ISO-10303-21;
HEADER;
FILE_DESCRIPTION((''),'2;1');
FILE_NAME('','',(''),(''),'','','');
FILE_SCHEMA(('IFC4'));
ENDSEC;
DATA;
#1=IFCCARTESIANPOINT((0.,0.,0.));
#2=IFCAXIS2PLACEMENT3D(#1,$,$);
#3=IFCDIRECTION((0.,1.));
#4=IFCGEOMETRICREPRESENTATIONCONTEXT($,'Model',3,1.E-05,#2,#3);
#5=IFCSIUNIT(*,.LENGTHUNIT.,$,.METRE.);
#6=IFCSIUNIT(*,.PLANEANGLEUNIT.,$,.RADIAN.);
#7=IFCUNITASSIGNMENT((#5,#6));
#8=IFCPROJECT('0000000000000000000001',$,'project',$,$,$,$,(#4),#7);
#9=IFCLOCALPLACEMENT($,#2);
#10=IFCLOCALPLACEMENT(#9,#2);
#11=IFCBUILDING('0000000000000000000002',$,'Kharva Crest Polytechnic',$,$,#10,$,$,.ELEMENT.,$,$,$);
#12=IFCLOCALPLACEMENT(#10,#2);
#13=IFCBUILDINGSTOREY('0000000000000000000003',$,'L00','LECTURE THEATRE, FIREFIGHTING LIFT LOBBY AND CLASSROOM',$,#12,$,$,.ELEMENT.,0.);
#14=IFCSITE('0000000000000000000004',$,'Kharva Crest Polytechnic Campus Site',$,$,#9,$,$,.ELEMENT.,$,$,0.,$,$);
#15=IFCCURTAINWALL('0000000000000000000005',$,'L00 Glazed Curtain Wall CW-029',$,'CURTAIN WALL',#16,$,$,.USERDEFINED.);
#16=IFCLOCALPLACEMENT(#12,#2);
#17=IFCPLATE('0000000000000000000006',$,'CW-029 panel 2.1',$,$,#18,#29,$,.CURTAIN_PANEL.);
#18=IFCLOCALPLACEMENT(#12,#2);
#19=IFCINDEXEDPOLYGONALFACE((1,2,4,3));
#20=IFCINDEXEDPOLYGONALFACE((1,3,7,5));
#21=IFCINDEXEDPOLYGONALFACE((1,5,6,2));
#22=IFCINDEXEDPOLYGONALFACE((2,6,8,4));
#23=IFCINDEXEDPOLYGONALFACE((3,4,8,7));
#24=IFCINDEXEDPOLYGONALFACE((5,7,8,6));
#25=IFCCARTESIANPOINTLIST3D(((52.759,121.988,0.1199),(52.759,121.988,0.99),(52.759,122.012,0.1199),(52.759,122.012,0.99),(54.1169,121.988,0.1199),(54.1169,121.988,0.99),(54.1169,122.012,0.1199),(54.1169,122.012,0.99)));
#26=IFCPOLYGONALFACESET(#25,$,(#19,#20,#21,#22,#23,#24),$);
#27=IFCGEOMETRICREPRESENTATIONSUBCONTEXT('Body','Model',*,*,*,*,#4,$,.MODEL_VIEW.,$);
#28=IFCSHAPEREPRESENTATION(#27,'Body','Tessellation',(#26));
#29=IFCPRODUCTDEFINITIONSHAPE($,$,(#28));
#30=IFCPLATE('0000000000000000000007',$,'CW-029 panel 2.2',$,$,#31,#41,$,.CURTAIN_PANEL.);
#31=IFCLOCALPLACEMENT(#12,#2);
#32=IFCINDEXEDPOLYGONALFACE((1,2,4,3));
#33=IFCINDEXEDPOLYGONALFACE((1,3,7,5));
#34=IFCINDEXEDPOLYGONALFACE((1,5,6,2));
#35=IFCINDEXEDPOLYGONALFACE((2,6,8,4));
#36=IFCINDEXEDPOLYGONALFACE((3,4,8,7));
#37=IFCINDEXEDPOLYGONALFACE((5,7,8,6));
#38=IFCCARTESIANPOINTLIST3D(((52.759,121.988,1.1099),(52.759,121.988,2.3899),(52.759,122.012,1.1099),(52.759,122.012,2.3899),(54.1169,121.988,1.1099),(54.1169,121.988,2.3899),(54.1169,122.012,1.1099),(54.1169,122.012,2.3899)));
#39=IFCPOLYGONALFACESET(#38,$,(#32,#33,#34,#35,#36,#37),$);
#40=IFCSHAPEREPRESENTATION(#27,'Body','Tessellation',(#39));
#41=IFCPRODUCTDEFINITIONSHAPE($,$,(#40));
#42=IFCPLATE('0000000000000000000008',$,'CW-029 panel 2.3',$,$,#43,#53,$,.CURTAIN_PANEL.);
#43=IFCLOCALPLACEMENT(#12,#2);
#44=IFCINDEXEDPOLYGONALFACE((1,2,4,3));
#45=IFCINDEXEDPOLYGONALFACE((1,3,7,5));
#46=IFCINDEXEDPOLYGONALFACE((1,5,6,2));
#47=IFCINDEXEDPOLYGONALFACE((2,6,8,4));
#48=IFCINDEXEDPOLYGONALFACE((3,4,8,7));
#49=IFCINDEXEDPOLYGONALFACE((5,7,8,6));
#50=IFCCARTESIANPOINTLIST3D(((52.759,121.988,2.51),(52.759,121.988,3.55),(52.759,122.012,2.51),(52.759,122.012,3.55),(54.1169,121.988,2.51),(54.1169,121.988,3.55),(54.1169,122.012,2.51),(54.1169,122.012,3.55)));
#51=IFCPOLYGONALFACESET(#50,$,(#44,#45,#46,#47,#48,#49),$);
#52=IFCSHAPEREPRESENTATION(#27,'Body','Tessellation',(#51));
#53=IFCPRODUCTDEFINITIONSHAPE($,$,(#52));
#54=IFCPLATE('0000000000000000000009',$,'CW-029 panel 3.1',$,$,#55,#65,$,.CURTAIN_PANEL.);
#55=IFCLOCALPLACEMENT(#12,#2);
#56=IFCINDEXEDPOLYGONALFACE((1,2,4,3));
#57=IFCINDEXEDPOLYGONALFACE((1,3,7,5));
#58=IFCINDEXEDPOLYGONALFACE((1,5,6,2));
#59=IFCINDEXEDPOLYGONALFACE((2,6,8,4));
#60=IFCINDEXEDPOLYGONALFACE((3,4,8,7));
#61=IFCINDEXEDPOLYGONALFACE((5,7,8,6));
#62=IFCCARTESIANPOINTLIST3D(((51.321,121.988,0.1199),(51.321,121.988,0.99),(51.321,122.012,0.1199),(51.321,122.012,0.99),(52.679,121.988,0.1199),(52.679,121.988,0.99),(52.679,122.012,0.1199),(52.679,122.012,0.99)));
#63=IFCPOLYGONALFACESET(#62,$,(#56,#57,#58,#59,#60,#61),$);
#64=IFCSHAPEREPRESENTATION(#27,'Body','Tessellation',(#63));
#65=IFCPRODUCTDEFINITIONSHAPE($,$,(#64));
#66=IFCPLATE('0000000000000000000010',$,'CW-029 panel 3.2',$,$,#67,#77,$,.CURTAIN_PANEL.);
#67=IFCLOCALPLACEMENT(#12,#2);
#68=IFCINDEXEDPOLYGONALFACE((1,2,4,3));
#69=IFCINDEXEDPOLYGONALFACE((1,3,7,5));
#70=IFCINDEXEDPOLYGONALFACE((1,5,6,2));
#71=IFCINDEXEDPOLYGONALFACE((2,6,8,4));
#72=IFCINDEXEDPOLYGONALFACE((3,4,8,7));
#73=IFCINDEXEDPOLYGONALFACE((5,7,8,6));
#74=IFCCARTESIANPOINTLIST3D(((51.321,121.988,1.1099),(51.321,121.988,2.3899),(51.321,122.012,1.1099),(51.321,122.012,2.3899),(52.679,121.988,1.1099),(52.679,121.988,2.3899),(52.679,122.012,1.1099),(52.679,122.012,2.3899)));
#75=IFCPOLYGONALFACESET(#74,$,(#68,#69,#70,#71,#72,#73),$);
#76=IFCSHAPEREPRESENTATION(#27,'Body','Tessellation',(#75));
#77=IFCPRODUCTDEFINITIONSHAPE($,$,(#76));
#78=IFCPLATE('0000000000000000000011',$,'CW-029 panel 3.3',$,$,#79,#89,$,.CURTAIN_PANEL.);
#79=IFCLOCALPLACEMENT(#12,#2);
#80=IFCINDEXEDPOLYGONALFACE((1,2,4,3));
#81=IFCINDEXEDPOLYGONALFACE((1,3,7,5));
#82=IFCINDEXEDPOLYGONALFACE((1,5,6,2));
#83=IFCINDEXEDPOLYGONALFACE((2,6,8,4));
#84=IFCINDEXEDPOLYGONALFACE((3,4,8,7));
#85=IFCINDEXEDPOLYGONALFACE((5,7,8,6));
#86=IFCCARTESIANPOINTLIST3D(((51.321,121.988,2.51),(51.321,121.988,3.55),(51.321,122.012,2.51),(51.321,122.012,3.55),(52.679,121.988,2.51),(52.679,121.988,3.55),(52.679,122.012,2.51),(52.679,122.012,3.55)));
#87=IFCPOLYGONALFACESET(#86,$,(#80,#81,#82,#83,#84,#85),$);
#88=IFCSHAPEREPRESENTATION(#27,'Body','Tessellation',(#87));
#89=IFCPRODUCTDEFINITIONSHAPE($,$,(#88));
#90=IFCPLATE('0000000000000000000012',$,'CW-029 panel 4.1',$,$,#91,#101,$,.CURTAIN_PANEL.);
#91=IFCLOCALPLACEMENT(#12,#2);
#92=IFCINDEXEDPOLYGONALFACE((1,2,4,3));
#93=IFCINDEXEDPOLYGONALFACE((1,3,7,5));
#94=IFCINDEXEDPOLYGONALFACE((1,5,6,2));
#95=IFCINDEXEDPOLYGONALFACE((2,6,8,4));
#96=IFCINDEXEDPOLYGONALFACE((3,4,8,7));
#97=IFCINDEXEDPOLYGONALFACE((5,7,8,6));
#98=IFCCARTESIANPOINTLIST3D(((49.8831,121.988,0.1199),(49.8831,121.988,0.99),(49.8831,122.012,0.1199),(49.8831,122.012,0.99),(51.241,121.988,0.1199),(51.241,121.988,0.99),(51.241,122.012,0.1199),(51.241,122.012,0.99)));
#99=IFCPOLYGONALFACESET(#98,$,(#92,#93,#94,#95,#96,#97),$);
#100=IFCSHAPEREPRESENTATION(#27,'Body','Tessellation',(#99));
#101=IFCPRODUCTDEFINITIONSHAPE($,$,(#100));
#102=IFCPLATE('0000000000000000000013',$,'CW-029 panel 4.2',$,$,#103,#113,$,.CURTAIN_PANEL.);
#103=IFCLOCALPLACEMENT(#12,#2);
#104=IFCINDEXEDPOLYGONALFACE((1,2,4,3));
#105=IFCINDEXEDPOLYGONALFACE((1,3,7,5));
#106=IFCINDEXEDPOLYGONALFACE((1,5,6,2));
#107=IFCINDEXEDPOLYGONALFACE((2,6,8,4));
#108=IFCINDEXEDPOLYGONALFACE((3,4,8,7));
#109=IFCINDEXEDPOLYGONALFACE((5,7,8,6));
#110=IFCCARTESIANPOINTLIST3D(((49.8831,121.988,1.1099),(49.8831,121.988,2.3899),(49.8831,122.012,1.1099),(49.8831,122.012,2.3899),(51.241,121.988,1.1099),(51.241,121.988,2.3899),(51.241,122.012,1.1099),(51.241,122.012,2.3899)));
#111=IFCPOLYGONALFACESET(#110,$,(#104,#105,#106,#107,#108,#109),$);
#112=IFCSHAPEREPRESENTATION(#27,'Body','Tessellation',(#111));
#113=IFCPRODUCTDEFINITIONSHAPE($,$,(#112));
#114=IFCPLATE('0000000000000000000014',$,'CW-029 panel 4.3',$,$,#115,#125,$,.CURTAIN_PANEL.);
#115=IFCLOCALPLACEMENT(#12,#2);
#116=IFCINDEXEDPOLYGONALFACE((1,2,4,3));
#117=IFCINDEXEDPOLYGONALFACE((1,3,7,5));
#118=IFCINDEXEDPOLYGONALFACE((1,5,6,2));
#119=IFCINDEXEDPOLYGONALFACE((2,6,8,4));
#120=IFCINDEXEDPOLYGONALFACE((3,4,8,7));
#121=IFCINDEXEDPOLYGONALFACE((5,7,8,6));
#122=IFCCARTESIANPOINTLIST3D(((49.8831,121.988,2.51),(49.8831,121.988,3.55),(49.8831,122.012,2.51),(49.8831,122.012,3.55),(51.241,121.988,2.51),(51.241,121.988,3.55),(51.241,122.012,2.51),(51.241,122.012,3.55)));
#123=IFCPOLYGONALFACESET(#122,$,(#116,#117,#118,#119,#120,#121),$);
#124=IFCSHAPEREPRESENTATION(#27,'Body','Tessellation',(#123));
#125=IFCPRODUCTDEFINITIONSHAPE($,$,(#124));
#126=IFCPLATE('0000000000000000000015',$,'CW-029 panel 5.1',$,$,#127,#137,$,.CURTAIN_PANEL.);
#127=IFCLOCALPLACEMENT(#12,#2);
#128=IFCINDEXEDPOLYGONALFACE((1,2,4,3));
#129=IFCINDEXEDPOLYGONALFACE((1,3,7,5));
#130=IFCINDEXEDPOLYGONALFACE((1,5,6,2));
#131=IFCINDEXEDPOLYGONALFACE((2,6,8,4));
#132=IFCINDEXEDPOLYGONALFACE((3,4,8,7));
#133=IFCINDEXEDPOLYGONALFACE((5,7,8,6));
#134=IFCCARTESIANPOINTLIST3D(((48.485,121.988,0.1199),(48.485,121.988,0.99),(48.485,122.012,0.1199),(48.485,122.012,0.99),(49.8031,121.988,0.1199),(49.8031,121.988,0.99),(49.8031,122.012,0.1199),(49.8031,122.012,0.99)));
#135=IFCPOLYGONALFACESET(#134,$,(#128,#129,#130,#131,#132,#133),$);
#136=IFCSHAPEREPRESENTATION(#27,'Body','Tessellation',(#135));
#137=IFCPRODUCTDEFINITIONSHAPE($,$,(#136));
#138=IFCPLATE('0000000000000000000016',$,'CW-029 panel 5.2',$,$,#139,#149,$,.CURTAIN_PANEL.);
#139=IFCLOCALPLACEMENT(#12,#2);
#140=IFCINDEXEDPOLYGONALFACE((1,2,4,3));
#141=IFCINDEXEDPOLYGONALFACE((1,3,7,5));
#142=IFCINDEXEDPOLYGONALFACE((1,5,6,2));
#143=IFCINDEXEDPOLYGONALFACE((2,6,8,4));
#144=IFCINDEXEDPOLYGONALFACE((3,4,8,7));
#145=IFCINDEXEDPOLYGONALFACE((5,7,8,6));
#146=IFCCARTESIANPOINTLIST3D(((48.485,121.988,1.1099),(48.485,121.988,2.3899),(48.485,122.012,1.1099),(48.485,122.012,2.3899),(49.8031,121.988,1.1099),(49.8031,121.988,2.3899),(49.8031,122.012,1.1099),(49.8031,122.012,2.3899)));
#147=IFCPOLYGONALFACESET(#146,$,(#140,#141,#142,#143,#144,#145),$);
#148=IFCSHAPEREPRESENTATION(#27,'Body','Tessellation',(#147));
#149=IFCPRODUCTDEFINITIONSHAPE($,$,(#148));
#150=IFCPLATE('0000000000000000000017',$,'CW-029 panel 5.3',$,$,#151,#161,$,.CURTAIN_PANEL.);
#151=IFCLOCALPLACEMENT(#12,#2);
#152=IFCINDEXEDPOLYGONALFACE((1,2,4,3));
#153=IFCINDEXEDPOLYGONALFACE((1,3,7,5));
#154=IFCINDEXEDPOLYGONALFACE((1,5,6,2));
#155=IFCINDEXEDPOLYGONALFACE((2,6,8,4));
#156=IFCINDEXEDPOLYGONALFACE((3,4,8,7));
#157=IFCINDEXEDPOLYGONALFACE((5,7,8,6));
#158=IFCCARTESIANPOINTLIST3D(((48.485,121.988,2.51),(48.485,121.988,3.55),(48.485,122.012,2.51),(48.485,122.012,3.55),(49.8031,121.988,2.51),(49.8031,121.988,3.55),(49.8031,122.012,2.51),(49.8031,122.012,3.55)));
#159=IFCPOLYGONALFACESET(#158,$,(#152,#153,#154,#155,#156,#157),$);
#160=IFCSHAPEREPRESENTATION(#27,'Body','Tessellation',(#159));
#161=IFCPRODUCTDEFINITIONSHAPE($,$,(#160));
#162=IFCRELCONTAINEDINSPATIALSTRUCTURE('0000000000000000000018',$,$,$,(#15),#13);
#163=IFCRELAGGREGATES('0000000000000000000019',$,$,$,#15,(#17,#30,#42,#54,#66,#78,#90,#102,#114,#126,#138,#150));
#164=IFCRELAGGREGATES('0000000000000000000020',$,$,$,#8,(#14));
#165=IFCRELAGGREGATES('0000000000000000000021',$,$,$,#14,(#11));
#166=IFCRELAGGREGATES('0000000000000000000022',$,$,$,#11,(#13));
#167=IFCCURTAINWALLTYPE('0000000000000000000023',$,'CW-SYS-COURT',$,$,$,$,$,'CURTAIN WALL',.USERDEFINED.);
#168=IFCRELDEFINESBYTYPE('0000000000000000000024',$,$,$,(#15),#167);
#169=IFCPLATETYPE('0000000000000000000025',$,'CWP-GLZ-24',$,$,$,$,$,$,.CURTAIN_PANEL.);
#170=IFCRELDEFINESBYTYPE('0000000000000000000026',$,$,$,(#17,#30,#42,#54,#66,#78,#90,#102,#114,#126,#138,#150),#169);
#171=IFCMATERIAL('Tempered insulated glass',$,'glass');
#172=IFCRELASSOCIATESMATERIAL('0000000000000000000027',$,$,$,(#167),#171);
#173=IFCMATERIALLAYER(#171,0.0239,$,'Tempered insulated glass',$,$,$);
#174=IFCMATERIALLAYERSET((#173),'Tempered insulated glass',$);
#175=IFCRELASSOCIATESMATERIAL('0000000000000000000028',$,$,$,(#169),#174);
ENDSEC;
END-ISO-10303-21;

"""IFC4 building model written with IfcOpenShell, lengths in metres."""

from ifc_helpers import new_model, si_unit, direction, frame, origin, origin_2d, place, context, subcontext, project, spatial, rectangle, extrude, material, layer, layer_set, type_object, element, aggregate, save


model = new_model("IFC4")

# Units and contexts
model_context = context("Model", 3, precision=1e-05, world=origin(), true_north=direction((0.0, 1.0)))
body_context = subcontext(model_context, "Body", "Model", "MODEL_VIEW")
ifc_project = project(units=[si_unit("LENGTHUNIT", "METRE"), si_unit("PLANEANGLEUNIT", "RADIAN")], contexts=[model_context])

# Site, building, storey
site_placement = place(None, origin())
site = spatial("IfcSite", under=ifc_project, at=site_placement, Name="Kharva Crest Polytechnic Campus Site", CompositionType="ELEMENT", RefElevation=0.0)
building_placement = place(site_placement, origin())
building = spatial("IfcBuilding", under=site, at=building_placement, Name="Kharva Crest Polytechnic", CompositionType="ELEMENT")
storey_placement = place(building_placement, origin())
storey = spatial("IfcBuildingStorey", under=building, at=storey_placement, Name="L00", Description="LECTURE THEATRE, FIREFIGHTING LIFT LOBBY AND CLASSROOM", CompositionType="ELEMENT", Elevation=0.0)

# Curtain wall
ifc_material_1 = material(Name="Tempered insulated glass", Category="glass")
curtain_wall_type = type_object("IfcCurtainWallType", Name="CW-SYS-COURT", ElementType="CURTAIN WALL", PredefinedType="USERDEFINED", material=ifc_material_1)
curtain_wall_placement = place(storey_placement, origin())
curtain_wall = element("IfcCurtainWall", 1, at=curtain_wall_placement, inside=storey, type_object=curtain_wall_type, Name="L00 Glazed Curtain Wall CW-029", ObjectType="CURTAIN WALL", PredefinedType="USERDEFINED")

# Plates
ifc_layer = layer(ifc_material_1, 0.0239, Name="Tempered insulated glass")
ifc_layer_set = layer_set([ifc_layer], Name="Tempered insulated glass")
plate_type = type_object("IfcPlateType", Name="CWP-GLZ-24", PredefinedType="CURTAIN_PANEL", material=ifc_layer_set)
plate_1_placement = place(storey_placement, frame((53.438, 122.0, 0.1199), z_axis=(0.0, 0.0, 1.0), x_axis=(-1.0, 0.0, 0.0)))
plate_1 = element("IfcPlate", 2, at=plate_1_placement, type_object=plate_type, Name="CW-029 panel 2.1", PredefinedType="CURTAIN_PANEL", context=body_context, shape_type="SweptSolid", body=[
    extrude(rectangle(XDim=1.3579, YDim=0.0239, at=origin_2d()), origin(), (0.0, 0.0, 1.0), 0.8701),
])
plate_2_placement = place(storey_placement, frame((53.438, 122.0, 1.1099), z_axis=(0.0, 0.0, 1.0), x_axis=(-1.0, 0.0, 0.0)))
plate_2 = element("IfcPlate", 3, at=plate_2_placement, type_object=plate_type, Name="CW-029 panel 2.2", PredefinedType="CURTAIN_PANEL", context=body_context, shape_type="SweptSolid", body=[
    extrude(rectangle(XDim=1.3579, YDim=0.0239, at=origin_2d()), origin(), (0.0, 0.0, 1.0), 1.28),
])
plate_3_placement = place(storey_placement, frame((53.438, 122.0, 2.51), z_axis=(0.0, 0.0, 1.0), x_axis=(-1.0, 0.0, 0.0)))
plate_3 = element("IfcPlate", 4, at=plate_3_placement, type_object=plate_type, Name="CW-029 panel 2.3", PredefinedType="CURTAIN_PANEL", context=body_context, shape_type="SweptSolid", body=[
    extrude(rectangle(XDim=1.3579, YDim=0.0239, at=origin_2d()), origin(), (0.0, 0.0, 1.0), 1.04),
])
plate_4_placement = place(storey_placement, frame((52.0, 122.0, 0.1199), z_axis=(0.0, 0.0, 1.0), x_axis=(-1.0, 0.0, 0.0)))
plate_4 = element("IfcPlate", 5, at=plate_4_placement, type_object=plate_type, Name="CW-029 panel 3.1", PredefinedType="CURTAIN_PANEL", context=body_context, shape_type="SweptSolid", body=[
    extrude(rectangle(XDim=1.3579, YDim=0.0239, at=origin_2d()), origin(), (0.0, 0.0, 1.0), 0.8701),
])
plate_5_placement = place(storey_placement, frame((52.0, 122.0, 1.1099), z_axis=(0.0, 0.0, 1.0), x_axis=(-1.0, 0.0, 0.0)))
plate_5 = element("IfcPlate", 6, at=plate_5_placement, type_object=plate_type, Name="CW-029 panel 3.2", PredefinedType="CURTAIN_PANEL", context=body_context, shape_type="SweptSolid", body=[
    extrude(rectangle(XDim=1.3579, YDim=0.0239, at=origin_2d()), origin(), (0.0, 0.0, 1.0), 1.28),
])
plate_6_placement = place(storey_placement, frame((52.0, 122.0, 2.51), z_axis=(0.0, 0.0, 1.0), x_axis=(-1.0, 0.0, 0.0)))
plate_6 = element("IfcPlate", 7, at=plate_6_placement, type_object=plate_type, Name="CW-029 panel 3.3", PredefinedType="CURTAIN_PANEL", context=body_context, shape_type="SweptSolid", body=[
    extrude(rectangle(XDim=1.3579, YDim=0.0239, at=origin_2d()), origin(), (0.0, 0.0, 1.0), 1.04),
])
plate_7_placement = place(storey_placement, frame((50.562, 122.0, 0.1199), z_axis=(0.0, 0.0, 1.0), x_axis=(-1.0, 0.0, 0.0)))
plate_7 = element("IfcPlate", 8, at=plate_7_placement, type_object=plate_type, Name="CW-029 panel 4.1", PredefinedType="CURTAIN_PANEL", context=body_context, shape_type="SweptSolid", body=[
    extrude(rectangle(XDim=1.3579, YDim=0.0239, at=origin_2d()), origin(), (0.0, 0.0, 1.0), 0.8701),
])
plate_8_placement = place(storey_placement, frame((50.562, 122.0, 1.1099), z_axis=(0.0, 0.0, 1.0), x_axis=(-1.0, 0.0, 0.0)))
plate_8 = element("IfcPlate", 9, at=plate_8_placement, type_object=plate_type, Name="CW-029 panel 4.2", PredefinedType="CURTAIN_PANEL", context=body_context, shape_type="SweptSolid", body=[
    extrude(rectangle(XDim=1.3579, YDim=0.0239, at=origin_2d()), origin(), (0.0, 0.0, 1.0), 1.28),
])
plate_9_placement = place(storey_placement, frame((50.562, 122.0, 2.51), z_axis=(0.0, 0.0, 1.0), x_axis=(-1.0, 0.0, 0.0)))
plate_9 = element("IfcPlate", 10, at=plate_9_placement, type_object=plate_type, Name="CW-029 panel 4.3", PredefinedType="CURTAIN_PANEL", context=body_context, shape_type="SweptSolid", body=[
    extrude(rectangle(XDim=1.3579, YDim=0.0239, at=origin_2d()), origin(), (0.0, 0.0, 1.0), 1.04),
])
plate_10_placement = place(storey_placement, frame((49.144, 122.0, 0.1199), z_axis=(0.0, 0.0, 1.0), x_axis=(-1.0, 0.0, 0.0)))
plate_10 = element("IfcPlate", 11, at=plate_10_placement, type_object=plate_type, Name="CW-029 panel 5.1", PredefinedType="CURTAIN_PANEL", context=body_context, shape_type="SweptSolid", body=[
    extrude(rectangle(XDim=1.3181, YDim=0.0239, at=origin_2d()), origin(), (0.0, 0.0, 1.0), 0.8701),
])
plate_11_placement = place(storey_placement, frame((49.144, 122.0, 1.1099), z_axis=(0.0, 0.0, 1.0), x_axis=(-1.0, 0.0, 0.0)))
plate_11 = element("IfcPlate", 12, at=plate_11_placement, type_object=plate_type, Name="CW-029 panel 5.2", PredefinedType="CURTAIN_PANEL", context=body_context, shape_type="SweptSolid", body=[
    extrude(rectangle(XDim=1.3181, YDim=0.0239, at=origin_2d()), origin(), (0.0, 0.0, 1.0), 1.28),
])
plate_12_placement = place(storey_placement, frame((49.144, 122.0, 2.51), z_axis=(0.0, 0.0, 1.0), x_axis=(-1.0, 0.0, 0.0)))
plate_12 = element("IfcPlate", 13, at=plate_12_placement, type_object=plate_type, Name="CW-029 panel 5.3", PredefinedType="CURTAIN_PANEL", context=body_context, shape_type="SweptSolid", body=[
    extrude(rectangle(XDim=1.3181, YDim=0.0239, at=origin_2d()), origin(), (0.0, 0.0, 1.0), 1.04),
])
aggregate(curtain_wall, [plate_1, plate_2, plate_3, plate_4, plate_5, plate_6, plate_7, plate_8, plate_9, plate_10, plate_11, plate_12])

save(model, "model.ifc")
